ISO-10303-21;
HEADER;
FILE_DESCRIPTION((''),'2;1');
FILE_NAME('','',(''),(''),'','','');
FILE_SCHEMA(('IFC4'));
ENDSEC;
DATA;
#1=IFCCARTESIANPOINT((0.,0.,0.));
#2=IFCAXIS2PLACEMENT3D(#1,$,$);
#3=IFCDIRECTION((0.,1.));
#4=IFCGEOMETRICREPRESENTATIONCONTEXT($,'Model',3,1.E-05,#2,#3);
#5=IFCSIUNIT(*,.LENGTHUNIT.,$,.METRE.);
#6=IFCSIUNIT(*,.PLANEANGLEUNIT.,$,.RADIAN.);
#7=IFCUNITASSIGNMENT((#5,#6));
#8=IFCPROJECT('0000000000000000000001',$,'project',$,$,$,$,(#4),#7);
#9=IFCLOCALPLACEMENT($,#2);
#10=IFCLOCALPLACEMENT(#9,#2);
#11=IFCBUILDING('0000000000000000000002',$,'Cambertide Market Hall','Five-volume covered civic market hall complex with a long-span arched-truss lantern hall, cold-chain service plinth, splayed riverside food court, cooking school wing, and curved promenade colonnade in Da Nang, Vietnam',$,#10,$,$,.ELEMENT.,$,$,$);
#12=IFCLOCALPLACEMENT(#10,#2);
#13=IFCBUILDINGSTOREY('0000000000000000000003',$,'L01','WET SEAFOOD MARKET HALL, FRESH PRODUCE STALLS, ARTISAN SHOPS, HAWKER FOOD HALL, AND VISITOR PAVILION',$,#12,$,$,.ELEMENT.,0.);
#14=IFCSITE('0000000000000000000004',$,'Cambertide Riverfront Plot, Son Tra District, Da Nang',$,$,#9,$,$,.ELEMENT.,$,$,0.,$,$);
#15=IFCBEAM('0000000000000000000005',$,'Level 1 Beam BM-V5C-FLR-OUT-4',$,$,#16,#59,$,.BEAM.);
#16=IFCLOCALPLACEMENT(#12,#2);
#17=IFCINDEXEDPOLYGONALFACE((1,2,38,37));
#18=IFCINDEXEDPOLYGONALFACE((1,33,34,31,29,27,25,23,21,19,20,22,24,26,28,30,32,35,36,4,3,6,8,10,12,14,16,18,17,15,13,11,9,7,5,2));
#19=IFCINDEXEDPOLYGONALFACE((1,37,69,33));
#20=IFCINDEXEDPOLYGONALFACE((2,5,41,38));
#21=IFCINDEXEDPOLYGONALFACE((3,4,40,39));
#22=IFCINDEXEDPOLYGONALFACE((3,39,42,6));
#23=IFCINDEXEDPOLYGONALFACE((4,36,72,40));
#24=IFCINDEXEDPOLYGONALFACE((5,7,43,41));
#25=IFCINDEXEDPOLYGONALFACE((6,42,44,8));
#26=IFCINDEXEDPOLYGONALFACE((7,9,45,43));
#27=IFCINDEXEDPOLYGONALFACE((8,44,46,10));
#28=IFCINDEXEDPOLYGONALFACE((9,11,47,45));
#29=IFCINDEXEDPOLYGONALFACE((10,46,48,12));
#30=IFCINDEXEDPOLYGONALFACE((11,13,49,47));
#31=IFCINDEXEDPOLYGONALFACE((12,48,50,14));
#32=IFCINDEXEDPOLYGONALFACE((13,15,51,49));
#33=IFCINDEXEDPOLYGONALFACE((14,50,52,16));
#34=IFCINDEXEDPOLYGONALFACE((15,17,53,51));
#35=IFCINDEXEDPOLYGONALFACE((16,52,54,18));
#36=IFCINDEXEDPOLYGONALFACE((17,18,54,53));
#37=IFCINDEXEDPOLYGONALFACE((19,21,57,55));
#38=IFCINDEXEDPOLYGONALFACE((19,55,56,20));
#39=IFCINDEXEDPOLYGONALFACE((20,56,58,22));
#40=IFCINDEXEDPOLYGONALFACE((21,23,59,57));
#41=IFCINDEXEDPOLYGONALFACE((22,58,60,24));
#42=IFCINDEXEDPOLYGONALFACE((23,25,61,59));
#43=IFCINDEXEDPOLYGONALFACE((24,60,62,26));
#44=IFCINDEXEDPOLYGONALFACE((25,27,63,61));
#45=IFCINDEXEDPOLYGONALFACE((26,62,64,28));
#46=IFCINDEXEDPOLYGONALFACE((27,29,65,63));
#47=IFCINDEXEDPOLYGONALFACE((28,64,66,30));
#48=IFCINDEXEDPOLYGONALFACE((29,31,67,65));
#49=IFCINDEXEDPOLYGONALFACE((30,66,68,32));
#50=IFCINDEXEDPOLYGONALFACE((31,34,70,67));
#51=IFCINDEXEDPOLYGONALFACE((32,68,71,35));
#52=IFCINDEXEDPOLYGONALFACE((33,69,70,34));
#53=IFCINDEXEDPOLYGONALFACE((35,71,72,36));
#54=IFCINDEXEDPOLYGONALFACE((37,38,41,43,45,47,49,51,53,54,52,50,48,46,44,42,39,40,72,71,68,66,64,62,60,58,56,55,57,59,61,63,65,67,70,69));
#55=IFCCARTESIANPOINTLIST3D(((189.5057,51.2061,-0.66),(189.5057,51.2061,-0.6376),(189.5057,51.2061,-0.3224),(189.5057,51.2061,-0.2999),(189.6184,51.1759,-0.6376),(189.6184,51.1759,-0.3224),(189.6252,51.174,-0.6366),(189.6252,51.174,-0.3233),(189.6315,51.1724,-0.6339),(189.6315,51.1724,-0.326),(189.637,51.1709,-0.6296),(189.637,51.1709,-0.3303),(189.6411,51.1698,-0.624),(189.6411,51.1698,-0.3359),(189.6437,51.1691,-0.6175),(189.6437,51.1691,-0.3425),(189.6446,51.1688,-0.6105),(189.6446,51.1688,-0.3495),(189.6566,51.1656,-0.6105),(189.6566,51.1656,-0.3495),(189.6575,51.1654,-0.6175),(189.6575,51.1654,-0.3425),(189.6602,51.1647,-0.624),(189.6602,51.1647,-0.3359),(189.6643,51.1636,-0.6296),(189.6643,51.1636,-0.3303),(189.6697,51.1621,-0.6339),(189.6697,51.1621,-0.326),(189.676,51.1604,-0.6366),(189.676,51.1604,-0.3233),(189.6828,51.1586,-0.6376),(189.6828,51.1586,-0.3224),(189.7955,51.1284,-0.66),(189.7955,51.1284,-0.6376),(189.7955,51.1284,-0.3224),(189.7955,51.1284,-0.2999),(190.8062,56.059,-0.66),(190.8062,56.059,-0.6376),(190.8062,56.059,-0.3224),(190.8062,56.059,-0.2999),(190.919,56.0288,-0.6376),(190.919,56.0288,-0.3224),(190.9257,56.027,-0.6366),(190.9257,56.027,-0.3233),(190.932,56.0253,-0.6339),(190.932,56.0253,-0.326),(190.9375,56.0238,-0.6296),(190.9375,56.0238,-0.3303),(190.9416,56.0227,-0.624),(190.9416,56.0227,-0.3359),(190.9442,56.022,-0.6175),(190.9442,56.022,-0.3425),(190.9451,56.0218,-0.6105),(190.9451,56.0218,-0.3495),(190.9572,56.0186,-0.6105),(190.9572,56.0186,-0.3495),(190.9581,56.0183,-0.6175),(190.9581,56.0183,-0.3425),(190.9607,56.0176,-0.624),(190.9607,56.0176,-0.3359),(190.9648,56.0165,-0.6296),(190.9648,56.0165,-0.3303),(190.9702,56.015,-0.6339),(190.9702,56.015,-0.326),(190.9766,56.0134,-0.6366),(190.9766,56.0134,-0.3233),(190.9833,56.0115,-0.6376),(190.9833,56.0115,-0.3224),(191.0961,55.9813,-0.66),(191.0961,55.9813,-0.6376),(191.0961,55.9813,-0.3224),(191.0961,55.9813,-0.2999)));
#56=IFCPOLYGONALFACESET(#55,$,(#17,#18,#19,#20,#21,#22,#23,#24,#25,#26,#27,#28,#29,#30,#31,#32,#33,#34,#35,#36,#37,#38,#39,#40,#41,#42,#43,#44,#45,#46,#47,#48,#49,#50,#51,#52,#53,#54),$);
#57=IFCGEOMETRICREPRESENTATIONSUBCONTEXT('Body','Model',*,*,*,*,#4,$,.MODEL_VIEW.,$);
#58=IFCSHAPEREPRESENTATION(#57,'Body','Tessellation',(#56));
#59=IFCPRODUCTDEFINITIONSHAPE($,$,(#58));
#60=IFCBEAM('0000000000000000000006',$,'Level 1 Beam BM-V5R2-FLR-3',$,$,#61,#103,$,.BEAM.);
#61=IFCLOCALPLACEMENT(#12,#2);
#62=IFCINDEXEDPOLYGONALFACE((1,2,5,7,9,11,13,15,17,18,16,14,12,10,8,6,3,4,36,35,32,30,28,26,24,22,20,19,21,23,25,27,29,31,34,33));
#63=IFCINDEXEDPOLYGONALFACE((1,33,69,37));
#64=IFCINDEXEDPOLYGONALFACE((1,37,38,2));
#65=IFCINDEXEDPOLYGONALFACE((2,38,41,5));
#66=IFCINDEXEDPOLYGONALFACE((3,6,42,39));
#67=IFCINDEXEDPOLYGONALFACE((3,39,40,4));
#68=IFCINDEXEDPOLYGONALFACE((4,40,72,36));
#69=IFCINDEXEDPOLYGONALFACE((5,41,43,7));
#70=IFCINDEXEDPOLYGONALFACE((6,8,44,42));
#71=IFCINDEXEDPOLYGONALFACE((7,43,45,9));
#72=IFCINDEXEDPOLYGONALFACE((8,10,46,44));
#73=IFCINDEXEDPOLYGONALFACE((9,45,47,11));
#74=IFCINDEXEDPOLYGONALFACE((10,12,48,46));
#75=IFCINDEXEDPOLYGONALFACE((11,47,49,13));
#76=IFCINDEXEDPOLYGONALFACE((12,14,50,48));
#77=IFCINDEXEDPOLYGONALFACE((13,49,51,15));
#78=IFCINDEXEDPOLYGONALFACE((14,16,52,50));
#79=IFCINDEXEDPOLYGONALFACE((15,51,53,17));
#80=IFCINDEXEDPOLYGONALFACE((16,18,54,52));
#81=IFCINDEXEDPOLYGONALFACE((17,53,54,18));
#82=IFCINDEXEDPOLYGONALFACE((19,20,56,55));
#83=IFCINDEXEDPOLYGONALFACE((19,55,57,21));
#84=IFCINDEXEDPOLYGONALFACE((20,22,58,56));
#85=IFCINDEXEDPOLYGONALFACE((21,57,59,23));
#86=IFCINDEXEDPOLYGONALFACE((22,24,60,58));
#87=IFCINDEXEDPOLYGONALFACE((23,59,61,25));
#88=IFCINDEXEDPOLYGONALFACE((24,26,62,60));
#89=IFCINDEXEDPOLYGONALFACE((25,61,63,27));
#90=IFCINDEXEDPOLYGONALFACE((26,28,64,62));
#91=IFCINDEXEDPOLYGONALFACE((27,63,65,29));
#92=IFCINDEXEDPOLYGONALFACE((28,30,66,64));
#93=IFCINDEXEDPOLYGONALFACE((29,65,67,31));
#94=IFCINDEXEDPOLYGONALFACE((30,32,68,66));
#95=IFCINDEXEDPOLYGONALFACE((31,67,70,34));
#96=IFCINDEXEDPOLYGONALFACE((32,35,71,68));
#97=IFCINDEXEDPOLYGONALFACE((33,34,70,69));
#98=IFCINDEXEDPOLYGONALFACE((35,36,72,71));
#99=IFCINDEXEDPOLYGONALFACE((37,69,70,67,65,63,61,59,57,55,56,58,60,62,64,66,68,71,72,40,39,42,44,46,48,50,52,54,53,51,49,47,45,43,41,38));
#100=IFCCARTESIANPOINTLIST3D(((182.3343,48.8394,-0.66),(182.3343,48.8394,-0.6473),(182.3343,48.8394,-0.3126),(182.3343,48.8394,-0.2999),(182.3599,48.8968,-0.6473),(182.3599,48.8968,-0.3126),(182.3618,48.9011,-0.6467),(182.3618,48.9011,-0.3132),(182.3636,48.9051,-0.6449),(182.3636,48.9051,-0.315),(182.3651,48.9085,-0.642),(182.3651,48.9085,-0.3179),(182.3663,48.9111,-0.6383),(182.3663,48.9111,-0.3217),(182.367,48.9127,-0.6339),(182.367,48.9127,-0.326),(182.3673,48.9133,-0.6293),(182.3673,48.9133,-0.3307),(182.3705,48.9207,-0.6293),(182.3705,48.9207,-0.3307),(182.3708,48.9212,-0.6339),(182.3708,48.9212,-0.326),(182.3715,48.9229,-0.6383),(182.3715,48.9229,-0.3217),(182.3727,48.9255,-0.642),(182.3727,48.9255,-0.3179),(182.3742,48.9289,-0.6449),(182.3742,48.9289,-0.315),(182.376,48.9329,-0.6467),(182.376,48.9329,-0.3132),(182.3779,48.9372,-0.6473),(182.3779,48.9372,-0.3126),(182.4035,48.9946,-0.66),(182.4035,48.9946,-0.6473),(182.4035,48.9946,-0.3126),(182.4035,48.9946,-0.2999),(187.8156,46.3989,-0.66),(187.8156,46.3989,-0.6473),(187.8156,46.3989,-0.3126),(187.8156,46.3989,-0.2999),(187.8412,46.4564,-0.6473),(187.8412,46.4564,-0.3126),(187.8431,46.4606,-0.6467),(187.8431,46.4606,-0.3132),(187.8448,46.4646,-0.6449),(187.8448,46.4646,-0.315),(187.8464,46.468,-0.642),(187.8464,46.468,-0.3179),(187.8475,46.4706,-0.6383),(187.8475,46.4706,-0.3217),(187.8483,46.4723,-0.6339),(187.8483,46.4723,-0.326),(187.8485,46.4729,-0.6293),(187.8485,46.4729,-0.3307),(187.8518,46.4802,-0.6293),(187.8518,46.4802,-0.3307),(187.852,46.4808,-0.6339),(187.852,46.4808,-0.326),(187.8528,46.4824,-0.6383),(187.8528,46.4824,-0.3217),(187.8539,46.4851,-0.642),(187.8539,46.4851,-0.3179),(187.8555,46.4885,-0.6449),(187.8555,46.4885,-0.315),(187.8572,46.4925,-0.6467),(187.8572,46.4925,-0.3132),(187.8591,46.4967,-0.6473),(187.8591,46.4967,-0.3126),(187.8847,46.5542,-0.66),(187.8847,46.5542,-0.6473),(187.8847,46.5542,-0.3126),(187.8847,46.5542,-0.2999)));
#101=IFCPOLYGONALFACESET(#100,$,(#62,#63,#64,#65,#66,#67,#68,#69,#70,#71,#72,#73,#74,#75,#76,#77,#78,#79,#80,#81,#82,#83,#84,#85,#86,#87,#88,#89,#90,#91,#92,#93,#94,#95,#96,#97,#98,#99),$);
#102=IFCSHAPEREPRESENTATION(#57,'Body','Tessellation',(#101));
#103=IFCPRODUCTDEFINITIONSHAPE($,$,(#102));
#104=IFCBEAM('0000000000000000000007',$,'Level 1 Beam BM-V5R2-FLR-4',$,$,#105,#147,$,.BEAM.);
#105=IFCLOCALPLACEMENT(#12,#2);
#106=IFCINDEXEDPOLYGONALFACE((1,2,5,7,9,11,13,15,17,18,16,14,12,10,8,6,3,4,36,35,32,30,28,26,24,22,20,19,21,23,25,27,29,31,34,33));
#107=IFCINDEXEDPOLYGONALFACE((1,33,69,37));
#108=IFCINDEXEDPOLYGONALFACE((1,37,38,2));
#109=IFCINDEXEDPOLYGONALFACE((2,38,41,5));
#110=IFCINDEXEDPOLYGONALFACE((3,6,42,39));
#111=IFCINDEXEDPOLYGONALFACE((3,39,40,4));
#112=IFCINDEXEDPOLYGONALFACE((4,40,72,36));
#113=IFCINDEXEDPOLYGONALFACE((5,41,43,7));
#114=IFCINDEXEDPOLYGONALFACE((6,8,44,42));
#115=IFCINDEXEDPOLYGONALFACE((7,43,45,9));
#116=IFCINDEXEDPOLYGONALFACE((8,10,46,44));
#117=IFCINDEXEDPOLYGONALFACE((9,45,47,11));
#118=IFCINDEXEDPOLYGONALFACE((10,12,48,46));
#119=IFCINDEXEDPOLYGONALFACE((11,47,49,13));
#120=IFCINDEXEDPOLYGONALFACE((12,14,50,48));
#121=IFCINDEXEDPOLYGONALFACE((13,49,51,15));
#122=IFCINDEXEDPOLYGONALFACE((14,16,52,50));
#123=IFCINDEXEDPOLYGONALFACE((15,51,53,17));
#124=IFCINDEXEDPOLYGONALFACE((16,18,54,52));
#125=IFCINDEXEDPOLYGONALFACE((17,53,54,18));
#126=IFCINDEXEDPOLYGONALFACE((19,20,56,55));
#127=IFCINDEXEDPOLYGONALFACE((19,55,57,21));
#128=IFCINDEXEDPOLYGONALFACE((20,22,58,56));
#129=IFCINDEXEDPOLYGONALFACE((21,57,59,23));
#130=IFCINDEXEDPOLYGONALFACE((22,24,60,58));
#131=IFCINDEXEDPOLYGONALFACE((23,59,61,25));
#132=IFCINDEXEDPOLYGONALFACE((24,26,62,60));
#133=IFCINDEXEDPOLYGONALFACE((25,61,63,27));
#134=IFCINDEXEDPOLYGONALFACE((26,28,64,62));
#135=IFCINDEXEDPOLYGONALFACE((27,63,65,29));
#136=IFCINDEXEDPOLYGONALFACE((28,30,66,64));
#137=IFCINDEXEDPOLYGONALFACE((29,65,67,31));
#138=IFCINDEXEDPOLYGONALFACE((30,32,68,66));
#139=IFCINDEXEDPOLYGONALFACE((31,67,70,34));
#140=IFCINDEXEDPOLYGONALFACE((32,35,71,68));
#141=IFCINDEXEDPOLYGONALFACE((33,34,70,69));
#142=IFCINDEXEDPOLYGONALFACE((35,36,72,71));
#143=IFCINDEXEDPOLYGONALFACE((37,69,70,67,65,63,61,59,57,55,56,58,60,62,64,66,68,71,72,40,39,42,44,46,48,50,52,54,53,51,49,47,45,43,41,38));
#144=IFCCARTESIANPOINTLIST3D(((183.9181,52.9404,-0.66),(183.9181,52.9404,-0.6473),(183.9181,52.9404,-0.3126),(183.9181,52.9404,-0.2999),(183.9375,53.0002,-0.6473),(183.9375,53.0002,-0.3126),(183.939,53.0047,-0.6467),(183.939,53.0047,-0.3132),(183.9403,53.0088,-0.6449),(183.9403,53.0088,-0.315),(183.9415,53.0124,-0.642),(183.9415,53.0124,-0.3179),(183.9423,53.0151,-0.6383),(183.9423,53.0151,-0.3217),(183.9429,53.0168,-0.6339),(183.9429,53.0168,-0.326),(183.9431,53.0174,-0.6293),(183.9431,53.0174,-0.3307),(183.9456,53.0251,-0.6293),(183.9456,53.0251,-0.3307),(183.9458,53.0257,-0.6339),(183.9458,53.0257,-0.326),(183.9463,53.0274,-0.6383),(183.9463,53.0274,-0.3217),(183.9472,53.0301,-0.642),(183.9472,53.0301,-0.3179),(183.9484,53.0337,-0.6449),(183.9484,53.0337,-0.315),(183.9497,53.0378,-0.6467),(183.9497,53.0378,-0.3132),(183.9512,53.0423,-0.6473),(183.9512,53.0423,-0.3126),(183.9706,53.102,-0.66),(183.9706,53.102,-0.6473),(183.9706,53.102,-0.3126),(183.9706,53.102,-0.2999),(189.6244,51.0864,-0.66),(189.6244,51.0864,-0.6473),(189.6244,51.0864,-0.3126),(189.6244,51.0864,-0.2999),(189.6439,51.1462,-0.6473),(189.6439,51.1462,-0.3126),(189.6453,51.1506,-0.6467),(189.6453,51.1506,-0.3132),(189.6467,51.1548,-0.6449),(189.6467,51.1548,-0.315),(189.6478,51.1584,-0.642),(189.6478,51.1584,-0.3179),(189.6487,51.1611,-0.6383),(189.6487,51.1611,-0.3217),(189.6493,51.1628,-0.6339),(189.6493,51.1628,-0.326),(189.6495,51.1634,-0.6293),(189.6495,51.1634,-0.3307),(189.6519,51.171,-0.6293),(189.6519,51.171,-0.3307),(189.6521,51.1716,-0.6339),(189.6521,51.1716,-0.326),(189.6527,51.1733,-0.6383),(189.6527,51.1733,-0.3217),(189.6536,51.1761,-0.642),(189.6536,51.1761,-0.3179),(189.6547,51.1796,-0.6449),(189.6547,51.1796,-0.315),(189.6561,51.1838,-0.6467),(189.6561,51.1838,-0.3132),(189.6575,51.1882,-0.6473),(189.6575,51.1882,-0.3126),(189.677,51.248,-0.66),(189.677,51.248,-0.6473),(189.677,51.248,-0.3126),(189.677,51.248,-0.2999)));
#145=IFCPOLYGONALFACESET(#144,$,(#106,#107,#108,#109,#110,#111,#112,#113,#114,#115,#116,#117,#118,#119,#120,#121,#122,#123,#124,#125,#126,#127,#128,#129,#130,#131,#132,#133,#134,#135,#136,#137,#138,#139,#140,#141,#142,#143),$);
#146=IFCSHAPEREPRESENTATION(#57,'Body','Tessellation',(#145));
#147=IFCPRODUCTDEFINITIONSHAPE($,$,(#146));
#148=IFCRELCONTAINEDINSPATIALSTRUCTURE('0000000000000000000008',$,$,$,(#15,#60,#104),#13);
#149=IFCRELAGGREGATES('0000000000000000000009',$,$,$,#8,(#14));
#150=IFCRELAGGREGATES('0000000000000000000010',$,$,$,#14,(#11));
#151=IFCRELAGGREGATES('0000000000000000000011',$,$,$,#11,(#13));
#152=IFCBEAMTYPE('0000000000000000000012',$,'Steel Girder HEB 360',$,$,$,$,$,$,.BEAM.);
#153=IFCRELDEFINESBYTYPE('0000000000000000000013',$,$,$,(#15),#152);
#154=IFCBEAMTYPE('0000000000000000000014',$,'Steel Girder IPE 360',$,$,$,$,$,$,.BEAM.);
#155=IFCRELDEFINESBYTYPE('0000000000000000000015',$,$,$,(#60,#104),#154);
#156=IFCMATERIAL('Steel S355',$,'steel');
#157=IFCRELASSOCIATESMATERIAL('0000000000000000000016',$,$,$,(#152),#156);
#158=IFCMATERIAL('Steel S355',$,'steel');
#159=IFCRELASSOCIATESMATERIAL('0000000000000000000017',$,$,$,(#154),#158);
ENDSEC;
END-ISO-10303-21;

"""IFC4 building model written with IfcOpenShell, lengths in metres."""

from ifc_helpers import new_model, si_unit, direction, frame, origin, origin_2d, place, context, subcontext, project, spatial, i_section, extrude, material, material_profile, profile_set, type_object, element, save


model = new_model("IFC4")

# Units and contexts
model_context = context("Model", 3, precision=1e-05, world=origin(), true_north=direction((0.0, 1.0)))
body_context = subcontext(model_context, "Body", "Model", "MODEL_VIEW")
ifc_project = project(units=[si_unit("LENGTHUNIT", "METRE"), si_unit("PLANEANGLEUNIT", "RADIAN")], contexts=[model_context])

# Site, building, storey
site_placement = place(None, origin())
site = spatial("IfcSite", under=ifc_project, at=site_placement, Name="Cambertide Riverfront Plot, Son Tra District, Da Nang", CompositionType="ELEMENT", RefElevation=0.0)
building_placement = place(site_placement, origin())
building = spatial("IfcBuilding", under=site, at=building_placement, Name="Cambertide Market Hall", Description="Five-volume covered civic market hall complex with a long-span arched-truss lantern hall, cold-chain service plinth, splayed riverside food court, cooking school wing, and curved promenade colonnade in Da Nang, Vietnam", CompositionType="ELEMENT")
storey_placement = place(building_placement, origin())
storey = spatial("IfcBuildingStorey", under=building, at=storey_placement, Name="L01", Description="WET SEAFOOD MARKET HALL, FRESH PRODUCE STALLS, ARTISAN SHOPS, HAWKER FOOD HALL, AND VISITOR PAVILION", CompositionType="ELEMENT", Elevation=0.0)

# Beams
ifc_material_1 = material(Name="Steel S355", Category="steel")
ifc_material_profile_1 = material_profile(ifc_material_1, i_section(OverallWidth=0.3, OverallDepth=0.3601, WebThickness=0.0125, FlangeThickness=0.0225, FilletRadius=0.0271, at=origin_2d()), Name="HEB 360")
ifc_profile_set_1 = profile_set([ifc_material_profile_1], Name="Steel S355")
beam_type_1 = type_object("IfcBeamType", Name="Steel Girder HEB 360", PredefinedType="BEAM", material=ifc_profile_set_1)
beam_1_placement = place(storey_placement, frame((189.6506, 51.1672, -0.48), z_axis=(0.258851, 0.965917, 0.0), x_axis=(-0.965917, 0.258851, 0.0)))
element("IfcBeam", 1, at=beam_1_placement, inside=storey, type_object=beam_type_1, Name="Level 1 Beam BM-V5C-FLR-OUT-4", PredefinedType="BEAM", context=body_context, shape_type="SweptSolid", body=[
    extrude(i_section(OverallWidth=0.3, OverallDepth=0.3601, WebThickness=0.0125, FlangeThickness=0.0225, FilletRadius=0.0271, at=origin_2d()), origin(), (0.0, 0.0, 1.0), 5.0242),
])
ifc_material_2 = material(Name="Steel S355", Category="steel")
ifc_material_profile_2 = material_profile(ifc_material_2, i_section(OverallWidth=0.1699, OverallDepth=0.3601, WebThickness=0.0081, FlangeThickness=0.0127, FilletRadius=0.0181, at=origin_2d()), Name="IPE 360")
ifc_profile_set_2 = profile_set([ifc_material_profile_2], Name="Steel S355")
beam_type_2 = type_object("IfcBeamType", Name="Steel Girder IPE 360", PredefinedType="BEAM", material=ifc_profile_set_2)
for number, where, z_axis, x_axis, name in (
    (2, (182.3689, 48.917, -0.48), (0.913543, -0.406742, 0.0), (0.406742, 0.913543, 0.0), "Level 1 Beam BM-V5R2-FLR-3"),
    (3, (183.9443, 53.0212, -0.48), (0.951061, -0.309004, 0.0), (0.309004, 0.951061, 0.0), "Level 1 Beam BM-V5R2-FLR-4"),
):
    element("IfcBeam", number, at=place(storey_placement, frame(where, z_axis=z_axis, x_axis=x_axis)), inside=storey, type_object=beam_type_2, Name=name, PredefinedType="BEAM", context=body_context, shape_type="SweptSolid", body=[
        extrude(i_section(OverallWidth=0.1699, OverallDepth=0.3601, WebThickness=0.0081, FlangeThickness=0.0127, FilletRadius=0.0181, at=origin_2d()), origin(), (0.0, 0.0, 1.0), 6.0),
    ])

save(model, "model.ifc")
